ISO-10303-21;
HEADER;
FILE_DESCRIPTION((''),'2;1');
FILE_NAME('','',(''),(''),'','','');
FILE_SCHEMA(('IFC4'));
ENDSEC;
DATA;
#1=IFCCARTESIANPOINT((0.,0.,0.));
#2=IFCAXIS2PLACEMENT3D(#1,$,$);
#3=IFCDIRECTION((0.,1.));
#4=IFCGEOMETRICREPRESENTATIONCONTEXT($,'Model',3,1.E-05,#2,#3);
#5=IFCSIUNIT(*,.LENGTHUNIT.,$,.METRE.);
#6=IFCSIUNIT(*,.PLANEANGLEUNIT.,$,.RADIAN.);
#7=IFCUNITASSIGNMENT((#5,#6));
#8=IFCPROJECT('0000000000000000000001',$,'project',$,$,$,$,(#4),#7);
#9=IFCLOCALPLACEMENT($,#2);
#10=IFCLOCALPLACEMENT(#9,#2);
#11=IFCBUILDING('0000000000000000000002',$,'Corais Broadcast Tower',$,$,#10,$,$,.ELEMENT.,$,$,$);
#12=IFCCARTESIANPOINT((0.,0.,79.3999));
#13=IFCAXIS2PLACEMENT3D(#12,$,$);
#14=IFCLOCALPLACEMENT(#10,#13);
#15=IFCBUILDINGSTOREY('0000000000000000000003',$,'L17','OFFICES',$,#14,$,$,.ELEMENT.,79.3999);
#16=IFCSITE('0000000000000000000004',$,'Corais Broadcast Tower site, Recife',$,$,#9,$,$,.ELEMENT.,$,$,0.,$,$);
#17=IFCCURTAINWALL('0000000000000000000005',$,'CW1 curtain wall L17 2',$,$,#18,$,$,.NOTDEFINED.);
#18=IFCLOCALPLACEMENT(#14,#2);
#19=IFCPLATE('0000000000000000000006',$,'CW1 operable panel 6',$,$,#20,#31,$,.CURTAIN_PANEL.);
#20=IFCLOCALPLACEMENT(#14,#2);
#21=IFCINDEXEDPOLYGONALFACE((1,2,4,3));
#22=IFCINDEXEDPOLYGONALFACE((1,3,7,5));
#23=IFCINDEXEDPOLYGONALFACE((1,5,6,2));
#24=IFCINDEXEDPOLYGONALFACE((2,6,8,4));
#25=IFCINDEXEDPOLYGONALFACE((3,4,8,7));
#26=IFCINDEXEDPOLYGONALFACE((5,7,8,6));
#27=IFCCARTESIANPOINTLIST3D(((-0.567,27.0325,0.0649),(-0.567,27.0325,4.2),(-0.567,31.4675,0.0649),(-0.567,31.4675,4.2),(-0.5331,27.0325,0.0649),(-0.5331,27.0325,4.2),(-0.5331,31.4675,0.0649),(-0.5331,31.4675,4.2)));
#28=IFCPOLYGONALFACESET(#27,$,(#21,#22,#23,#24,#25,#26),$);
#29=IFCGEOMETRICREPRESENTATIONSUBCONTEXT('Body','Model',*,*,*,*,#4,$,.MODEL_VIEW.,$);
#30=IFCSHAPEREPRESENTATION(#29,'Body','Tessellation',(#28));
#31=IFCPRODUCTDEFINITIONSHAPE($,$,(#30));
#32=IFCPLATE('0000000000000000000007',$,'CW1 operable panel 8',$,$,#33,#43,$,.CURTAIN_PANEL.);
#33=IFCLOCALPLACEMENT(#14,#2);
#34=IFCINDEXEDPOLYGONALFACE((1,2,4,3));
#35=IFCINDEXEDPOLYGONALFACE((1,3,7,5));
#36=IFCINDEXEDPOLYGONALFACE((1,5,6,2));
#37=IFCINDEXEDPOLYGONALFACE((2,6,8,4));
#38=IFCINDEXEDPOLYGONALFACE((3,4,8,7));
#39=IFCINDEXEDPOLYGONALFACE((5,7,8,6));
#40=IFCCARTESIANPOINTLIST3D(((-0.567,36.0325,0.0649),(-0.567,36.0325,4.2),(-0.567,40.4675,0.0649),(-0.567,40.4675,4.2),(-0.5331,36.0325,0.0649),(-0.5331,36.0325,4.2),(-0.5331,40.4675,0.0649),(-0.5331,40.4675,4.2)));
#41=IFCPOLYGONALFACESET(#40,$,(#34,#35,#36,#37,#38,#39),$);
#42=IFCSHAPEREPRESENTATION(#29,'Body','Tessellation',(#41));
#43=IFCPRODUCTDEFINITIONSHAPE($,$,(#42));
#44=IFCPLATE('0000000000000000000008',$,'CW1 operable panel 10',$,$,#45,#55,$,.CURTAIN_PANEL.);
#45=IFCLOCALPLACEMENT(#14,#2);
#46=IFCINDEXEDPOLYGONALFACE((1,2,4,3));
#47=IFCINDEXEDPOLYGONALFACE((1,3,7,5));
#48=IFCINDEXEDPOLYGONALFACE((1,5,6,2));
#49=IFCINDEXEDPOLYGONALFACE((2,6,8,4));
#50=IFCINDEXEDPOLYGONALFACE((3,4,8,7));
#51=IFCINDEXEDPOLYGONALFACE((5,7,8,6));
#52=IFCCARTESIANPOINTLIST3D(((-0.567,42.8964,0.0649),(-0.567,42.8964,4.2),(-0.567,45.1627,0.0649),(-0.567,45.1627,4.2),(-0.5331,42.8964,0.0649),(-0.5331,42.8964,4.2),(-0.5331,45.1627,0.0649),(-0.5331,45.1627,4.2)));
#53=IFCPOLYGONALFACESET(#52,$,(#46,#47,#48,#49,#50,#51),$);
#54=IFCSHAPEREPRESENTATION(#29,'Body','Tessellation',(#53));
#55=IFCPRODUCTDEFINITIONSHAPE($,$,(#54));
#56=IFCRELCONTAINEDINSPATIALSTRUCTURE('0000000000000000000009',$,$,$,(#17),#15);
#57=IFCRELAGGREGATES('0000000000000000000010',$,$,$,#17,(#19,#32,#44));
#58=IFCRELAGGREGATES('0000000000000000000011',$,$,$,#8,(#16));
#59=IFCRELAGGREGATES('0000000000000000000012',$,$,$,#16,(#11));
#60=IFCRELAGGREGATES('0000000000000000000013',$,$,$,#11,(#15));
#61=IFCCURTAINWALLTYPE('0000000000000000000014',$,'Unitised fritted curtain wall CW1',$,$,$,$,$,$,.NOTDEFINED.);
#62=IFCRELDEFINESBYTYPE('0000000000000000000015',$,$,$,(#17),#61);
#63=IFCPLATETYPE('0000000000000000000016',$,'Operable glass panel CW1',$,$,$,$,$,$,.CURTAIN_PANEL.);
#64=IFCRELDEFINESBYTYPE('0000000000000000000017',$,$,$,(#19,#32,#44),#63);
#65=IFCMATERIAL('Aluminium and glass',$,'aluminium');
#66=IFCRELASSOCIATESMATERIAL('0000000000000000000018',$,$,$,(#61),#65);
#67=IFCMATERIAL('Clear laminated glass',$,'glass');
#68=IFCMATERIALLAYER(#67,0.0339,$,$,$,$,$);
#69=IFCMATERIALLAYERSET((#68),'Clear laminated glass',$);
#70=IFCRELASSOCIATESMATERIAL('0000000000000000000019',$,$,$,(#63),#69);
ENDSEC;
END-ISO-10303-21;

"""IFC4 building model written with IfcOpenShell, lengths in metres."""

from ifc_helpers import new_model, si_unit, direction, frame, origin, origin_2d, place, context, subcontext, project, spatial, rectangle, extrude, material, layer, layer_set, type_object, element, aggregate, save


model = new_model("IFC4")

# Units and contexts
model_context = context("Model", 3, precision=1e-05, world=origin(), true_north=direction((0.0, 1.0)))
body_context = subcontext(model_context, "Body", "Model", "MODEL_VIEW")
ifc_project = project(units=[si_unit("LENGTHUNIT", "METRE"), si_unit("PLANEANGLEUNIT", "RADIAN")], contexts=[model_context])

# Site, building, storey
site_placement = place(None, origin())
site = spatial("IfcSite", under=ifc_project, at=site_placement, Name="Corais Broadcast Tower site, Recife", CompositionType="ELEMENT", RefElevation=0.0)
building_placement = place(site_placement, origin())
building = spatial("IfcBuilding", under=site, at=building_placement, Name="Corais Broadcast Tower", CompositionType="ELEMENT")
storey_placement = place(building_placement, frame((0.0, 0.0, 79.3999)))
storey = spatial("IfcBuildingStorey", under=building, at=storey_placement, Name="L17", Description="OFFICES", CompositionType="ELEMENT", Elevation=79.3999)

# Curtain wall
ifc_material_1 = material(Name="Aluminium and glass", Category="aluminium")
curtain_wall_type = type_object("IfcCurtainWallType", Name="Unitised fritted curtain wall CW1", PredefinedType="NOTDEFINED", material=ifc_material_1)
curtain_wall_placement = place(storey_placement, origin())
curtain_wall = element("IfcCurtainWall", 1, at=curtain_wall_placement, inside=storey, type_object=curtain_wall_type, Name="CW1 curtain wall L17 2", PredefinedType="NOTDEFINED")

# Plates
ifc_material_2 = material(Name="Clear laminated glass", Category="glass")
ifc_layer_1 = layer(ifc_material_2, 0.0339)
ifc_layer_set_1 = layer_set([ifc_layer_1], Name="Clear laminated glass")
plate_type_1 = type_object("IfcPlateType", Name="Operable glass panel CW1", PredefinedType="CURTAIN_PANEL", material=ifc_layer_set_1)
plate_1_placement = place(storey_placement, frame((-0.55, 29.25, 0.0649), z_axis=(0.0, 0.0, 1.0), x_axis=(0.0, 1.0, 0.0)))
plate_1 = element("IfcPlate", 2, at=plate_1_placement, type_object=plate_type_1, Name="CW1 operable panel 6", PredefinedType="CURTAIN_PANEL", context=body_context, shape_type="SweptSolid", body=[
    extrude(rectangle(XDim=4.4351, YDim=0.0339, at=origin_2d()), origin(), (0.0, 0.0, 1.0), 4.135),
])
plate_2_placement = place(storey_placement, frame((-0.55, 38.25, 0.0649), z_axis=(0.0, 0.0, 1.0), x_axis=(0.0, 1.0, 0.0)))
plate_2 = element("IfcPlate", 3, at=plate_2_placement, type_object=plate_type_1, Name="CW1 operable panel 8", PredefinedType="CURTAIN_PANEL", context=body_context, shape_type="SweptSolid", body=[
    extrude(rectangle(XDim=4.4351, YDim=0.0339, at=origin_2d()), origin(), (0.0, 0.0, 1.0), 4.135),
])
plate_3_placement = place(storey_placement, frame((-0.55, 44.0295, 0.0649), z_axis=(0.0, 0.0, 1.0), x_axis=(0.0, 1.0, 0.0)))
plate_3 = element("IfcPlate", 4, at=plate_3_placement, type_object=plate_type_1, Name="CW1 operable panel 10", PredefinedType="CURTAIN_PANEL", context=body_context, shape_type="SweptSolid", body=[
    extrude(rectangle(XDim=2.2664, YDim=0.0339, at=origin_2d()), origin(), (0.0, 0.0, 1.0), 4.135),
])
aggregate(curtain_wall, [plate_1, plate_2, plate_3])

save(model, "model.ifc")
